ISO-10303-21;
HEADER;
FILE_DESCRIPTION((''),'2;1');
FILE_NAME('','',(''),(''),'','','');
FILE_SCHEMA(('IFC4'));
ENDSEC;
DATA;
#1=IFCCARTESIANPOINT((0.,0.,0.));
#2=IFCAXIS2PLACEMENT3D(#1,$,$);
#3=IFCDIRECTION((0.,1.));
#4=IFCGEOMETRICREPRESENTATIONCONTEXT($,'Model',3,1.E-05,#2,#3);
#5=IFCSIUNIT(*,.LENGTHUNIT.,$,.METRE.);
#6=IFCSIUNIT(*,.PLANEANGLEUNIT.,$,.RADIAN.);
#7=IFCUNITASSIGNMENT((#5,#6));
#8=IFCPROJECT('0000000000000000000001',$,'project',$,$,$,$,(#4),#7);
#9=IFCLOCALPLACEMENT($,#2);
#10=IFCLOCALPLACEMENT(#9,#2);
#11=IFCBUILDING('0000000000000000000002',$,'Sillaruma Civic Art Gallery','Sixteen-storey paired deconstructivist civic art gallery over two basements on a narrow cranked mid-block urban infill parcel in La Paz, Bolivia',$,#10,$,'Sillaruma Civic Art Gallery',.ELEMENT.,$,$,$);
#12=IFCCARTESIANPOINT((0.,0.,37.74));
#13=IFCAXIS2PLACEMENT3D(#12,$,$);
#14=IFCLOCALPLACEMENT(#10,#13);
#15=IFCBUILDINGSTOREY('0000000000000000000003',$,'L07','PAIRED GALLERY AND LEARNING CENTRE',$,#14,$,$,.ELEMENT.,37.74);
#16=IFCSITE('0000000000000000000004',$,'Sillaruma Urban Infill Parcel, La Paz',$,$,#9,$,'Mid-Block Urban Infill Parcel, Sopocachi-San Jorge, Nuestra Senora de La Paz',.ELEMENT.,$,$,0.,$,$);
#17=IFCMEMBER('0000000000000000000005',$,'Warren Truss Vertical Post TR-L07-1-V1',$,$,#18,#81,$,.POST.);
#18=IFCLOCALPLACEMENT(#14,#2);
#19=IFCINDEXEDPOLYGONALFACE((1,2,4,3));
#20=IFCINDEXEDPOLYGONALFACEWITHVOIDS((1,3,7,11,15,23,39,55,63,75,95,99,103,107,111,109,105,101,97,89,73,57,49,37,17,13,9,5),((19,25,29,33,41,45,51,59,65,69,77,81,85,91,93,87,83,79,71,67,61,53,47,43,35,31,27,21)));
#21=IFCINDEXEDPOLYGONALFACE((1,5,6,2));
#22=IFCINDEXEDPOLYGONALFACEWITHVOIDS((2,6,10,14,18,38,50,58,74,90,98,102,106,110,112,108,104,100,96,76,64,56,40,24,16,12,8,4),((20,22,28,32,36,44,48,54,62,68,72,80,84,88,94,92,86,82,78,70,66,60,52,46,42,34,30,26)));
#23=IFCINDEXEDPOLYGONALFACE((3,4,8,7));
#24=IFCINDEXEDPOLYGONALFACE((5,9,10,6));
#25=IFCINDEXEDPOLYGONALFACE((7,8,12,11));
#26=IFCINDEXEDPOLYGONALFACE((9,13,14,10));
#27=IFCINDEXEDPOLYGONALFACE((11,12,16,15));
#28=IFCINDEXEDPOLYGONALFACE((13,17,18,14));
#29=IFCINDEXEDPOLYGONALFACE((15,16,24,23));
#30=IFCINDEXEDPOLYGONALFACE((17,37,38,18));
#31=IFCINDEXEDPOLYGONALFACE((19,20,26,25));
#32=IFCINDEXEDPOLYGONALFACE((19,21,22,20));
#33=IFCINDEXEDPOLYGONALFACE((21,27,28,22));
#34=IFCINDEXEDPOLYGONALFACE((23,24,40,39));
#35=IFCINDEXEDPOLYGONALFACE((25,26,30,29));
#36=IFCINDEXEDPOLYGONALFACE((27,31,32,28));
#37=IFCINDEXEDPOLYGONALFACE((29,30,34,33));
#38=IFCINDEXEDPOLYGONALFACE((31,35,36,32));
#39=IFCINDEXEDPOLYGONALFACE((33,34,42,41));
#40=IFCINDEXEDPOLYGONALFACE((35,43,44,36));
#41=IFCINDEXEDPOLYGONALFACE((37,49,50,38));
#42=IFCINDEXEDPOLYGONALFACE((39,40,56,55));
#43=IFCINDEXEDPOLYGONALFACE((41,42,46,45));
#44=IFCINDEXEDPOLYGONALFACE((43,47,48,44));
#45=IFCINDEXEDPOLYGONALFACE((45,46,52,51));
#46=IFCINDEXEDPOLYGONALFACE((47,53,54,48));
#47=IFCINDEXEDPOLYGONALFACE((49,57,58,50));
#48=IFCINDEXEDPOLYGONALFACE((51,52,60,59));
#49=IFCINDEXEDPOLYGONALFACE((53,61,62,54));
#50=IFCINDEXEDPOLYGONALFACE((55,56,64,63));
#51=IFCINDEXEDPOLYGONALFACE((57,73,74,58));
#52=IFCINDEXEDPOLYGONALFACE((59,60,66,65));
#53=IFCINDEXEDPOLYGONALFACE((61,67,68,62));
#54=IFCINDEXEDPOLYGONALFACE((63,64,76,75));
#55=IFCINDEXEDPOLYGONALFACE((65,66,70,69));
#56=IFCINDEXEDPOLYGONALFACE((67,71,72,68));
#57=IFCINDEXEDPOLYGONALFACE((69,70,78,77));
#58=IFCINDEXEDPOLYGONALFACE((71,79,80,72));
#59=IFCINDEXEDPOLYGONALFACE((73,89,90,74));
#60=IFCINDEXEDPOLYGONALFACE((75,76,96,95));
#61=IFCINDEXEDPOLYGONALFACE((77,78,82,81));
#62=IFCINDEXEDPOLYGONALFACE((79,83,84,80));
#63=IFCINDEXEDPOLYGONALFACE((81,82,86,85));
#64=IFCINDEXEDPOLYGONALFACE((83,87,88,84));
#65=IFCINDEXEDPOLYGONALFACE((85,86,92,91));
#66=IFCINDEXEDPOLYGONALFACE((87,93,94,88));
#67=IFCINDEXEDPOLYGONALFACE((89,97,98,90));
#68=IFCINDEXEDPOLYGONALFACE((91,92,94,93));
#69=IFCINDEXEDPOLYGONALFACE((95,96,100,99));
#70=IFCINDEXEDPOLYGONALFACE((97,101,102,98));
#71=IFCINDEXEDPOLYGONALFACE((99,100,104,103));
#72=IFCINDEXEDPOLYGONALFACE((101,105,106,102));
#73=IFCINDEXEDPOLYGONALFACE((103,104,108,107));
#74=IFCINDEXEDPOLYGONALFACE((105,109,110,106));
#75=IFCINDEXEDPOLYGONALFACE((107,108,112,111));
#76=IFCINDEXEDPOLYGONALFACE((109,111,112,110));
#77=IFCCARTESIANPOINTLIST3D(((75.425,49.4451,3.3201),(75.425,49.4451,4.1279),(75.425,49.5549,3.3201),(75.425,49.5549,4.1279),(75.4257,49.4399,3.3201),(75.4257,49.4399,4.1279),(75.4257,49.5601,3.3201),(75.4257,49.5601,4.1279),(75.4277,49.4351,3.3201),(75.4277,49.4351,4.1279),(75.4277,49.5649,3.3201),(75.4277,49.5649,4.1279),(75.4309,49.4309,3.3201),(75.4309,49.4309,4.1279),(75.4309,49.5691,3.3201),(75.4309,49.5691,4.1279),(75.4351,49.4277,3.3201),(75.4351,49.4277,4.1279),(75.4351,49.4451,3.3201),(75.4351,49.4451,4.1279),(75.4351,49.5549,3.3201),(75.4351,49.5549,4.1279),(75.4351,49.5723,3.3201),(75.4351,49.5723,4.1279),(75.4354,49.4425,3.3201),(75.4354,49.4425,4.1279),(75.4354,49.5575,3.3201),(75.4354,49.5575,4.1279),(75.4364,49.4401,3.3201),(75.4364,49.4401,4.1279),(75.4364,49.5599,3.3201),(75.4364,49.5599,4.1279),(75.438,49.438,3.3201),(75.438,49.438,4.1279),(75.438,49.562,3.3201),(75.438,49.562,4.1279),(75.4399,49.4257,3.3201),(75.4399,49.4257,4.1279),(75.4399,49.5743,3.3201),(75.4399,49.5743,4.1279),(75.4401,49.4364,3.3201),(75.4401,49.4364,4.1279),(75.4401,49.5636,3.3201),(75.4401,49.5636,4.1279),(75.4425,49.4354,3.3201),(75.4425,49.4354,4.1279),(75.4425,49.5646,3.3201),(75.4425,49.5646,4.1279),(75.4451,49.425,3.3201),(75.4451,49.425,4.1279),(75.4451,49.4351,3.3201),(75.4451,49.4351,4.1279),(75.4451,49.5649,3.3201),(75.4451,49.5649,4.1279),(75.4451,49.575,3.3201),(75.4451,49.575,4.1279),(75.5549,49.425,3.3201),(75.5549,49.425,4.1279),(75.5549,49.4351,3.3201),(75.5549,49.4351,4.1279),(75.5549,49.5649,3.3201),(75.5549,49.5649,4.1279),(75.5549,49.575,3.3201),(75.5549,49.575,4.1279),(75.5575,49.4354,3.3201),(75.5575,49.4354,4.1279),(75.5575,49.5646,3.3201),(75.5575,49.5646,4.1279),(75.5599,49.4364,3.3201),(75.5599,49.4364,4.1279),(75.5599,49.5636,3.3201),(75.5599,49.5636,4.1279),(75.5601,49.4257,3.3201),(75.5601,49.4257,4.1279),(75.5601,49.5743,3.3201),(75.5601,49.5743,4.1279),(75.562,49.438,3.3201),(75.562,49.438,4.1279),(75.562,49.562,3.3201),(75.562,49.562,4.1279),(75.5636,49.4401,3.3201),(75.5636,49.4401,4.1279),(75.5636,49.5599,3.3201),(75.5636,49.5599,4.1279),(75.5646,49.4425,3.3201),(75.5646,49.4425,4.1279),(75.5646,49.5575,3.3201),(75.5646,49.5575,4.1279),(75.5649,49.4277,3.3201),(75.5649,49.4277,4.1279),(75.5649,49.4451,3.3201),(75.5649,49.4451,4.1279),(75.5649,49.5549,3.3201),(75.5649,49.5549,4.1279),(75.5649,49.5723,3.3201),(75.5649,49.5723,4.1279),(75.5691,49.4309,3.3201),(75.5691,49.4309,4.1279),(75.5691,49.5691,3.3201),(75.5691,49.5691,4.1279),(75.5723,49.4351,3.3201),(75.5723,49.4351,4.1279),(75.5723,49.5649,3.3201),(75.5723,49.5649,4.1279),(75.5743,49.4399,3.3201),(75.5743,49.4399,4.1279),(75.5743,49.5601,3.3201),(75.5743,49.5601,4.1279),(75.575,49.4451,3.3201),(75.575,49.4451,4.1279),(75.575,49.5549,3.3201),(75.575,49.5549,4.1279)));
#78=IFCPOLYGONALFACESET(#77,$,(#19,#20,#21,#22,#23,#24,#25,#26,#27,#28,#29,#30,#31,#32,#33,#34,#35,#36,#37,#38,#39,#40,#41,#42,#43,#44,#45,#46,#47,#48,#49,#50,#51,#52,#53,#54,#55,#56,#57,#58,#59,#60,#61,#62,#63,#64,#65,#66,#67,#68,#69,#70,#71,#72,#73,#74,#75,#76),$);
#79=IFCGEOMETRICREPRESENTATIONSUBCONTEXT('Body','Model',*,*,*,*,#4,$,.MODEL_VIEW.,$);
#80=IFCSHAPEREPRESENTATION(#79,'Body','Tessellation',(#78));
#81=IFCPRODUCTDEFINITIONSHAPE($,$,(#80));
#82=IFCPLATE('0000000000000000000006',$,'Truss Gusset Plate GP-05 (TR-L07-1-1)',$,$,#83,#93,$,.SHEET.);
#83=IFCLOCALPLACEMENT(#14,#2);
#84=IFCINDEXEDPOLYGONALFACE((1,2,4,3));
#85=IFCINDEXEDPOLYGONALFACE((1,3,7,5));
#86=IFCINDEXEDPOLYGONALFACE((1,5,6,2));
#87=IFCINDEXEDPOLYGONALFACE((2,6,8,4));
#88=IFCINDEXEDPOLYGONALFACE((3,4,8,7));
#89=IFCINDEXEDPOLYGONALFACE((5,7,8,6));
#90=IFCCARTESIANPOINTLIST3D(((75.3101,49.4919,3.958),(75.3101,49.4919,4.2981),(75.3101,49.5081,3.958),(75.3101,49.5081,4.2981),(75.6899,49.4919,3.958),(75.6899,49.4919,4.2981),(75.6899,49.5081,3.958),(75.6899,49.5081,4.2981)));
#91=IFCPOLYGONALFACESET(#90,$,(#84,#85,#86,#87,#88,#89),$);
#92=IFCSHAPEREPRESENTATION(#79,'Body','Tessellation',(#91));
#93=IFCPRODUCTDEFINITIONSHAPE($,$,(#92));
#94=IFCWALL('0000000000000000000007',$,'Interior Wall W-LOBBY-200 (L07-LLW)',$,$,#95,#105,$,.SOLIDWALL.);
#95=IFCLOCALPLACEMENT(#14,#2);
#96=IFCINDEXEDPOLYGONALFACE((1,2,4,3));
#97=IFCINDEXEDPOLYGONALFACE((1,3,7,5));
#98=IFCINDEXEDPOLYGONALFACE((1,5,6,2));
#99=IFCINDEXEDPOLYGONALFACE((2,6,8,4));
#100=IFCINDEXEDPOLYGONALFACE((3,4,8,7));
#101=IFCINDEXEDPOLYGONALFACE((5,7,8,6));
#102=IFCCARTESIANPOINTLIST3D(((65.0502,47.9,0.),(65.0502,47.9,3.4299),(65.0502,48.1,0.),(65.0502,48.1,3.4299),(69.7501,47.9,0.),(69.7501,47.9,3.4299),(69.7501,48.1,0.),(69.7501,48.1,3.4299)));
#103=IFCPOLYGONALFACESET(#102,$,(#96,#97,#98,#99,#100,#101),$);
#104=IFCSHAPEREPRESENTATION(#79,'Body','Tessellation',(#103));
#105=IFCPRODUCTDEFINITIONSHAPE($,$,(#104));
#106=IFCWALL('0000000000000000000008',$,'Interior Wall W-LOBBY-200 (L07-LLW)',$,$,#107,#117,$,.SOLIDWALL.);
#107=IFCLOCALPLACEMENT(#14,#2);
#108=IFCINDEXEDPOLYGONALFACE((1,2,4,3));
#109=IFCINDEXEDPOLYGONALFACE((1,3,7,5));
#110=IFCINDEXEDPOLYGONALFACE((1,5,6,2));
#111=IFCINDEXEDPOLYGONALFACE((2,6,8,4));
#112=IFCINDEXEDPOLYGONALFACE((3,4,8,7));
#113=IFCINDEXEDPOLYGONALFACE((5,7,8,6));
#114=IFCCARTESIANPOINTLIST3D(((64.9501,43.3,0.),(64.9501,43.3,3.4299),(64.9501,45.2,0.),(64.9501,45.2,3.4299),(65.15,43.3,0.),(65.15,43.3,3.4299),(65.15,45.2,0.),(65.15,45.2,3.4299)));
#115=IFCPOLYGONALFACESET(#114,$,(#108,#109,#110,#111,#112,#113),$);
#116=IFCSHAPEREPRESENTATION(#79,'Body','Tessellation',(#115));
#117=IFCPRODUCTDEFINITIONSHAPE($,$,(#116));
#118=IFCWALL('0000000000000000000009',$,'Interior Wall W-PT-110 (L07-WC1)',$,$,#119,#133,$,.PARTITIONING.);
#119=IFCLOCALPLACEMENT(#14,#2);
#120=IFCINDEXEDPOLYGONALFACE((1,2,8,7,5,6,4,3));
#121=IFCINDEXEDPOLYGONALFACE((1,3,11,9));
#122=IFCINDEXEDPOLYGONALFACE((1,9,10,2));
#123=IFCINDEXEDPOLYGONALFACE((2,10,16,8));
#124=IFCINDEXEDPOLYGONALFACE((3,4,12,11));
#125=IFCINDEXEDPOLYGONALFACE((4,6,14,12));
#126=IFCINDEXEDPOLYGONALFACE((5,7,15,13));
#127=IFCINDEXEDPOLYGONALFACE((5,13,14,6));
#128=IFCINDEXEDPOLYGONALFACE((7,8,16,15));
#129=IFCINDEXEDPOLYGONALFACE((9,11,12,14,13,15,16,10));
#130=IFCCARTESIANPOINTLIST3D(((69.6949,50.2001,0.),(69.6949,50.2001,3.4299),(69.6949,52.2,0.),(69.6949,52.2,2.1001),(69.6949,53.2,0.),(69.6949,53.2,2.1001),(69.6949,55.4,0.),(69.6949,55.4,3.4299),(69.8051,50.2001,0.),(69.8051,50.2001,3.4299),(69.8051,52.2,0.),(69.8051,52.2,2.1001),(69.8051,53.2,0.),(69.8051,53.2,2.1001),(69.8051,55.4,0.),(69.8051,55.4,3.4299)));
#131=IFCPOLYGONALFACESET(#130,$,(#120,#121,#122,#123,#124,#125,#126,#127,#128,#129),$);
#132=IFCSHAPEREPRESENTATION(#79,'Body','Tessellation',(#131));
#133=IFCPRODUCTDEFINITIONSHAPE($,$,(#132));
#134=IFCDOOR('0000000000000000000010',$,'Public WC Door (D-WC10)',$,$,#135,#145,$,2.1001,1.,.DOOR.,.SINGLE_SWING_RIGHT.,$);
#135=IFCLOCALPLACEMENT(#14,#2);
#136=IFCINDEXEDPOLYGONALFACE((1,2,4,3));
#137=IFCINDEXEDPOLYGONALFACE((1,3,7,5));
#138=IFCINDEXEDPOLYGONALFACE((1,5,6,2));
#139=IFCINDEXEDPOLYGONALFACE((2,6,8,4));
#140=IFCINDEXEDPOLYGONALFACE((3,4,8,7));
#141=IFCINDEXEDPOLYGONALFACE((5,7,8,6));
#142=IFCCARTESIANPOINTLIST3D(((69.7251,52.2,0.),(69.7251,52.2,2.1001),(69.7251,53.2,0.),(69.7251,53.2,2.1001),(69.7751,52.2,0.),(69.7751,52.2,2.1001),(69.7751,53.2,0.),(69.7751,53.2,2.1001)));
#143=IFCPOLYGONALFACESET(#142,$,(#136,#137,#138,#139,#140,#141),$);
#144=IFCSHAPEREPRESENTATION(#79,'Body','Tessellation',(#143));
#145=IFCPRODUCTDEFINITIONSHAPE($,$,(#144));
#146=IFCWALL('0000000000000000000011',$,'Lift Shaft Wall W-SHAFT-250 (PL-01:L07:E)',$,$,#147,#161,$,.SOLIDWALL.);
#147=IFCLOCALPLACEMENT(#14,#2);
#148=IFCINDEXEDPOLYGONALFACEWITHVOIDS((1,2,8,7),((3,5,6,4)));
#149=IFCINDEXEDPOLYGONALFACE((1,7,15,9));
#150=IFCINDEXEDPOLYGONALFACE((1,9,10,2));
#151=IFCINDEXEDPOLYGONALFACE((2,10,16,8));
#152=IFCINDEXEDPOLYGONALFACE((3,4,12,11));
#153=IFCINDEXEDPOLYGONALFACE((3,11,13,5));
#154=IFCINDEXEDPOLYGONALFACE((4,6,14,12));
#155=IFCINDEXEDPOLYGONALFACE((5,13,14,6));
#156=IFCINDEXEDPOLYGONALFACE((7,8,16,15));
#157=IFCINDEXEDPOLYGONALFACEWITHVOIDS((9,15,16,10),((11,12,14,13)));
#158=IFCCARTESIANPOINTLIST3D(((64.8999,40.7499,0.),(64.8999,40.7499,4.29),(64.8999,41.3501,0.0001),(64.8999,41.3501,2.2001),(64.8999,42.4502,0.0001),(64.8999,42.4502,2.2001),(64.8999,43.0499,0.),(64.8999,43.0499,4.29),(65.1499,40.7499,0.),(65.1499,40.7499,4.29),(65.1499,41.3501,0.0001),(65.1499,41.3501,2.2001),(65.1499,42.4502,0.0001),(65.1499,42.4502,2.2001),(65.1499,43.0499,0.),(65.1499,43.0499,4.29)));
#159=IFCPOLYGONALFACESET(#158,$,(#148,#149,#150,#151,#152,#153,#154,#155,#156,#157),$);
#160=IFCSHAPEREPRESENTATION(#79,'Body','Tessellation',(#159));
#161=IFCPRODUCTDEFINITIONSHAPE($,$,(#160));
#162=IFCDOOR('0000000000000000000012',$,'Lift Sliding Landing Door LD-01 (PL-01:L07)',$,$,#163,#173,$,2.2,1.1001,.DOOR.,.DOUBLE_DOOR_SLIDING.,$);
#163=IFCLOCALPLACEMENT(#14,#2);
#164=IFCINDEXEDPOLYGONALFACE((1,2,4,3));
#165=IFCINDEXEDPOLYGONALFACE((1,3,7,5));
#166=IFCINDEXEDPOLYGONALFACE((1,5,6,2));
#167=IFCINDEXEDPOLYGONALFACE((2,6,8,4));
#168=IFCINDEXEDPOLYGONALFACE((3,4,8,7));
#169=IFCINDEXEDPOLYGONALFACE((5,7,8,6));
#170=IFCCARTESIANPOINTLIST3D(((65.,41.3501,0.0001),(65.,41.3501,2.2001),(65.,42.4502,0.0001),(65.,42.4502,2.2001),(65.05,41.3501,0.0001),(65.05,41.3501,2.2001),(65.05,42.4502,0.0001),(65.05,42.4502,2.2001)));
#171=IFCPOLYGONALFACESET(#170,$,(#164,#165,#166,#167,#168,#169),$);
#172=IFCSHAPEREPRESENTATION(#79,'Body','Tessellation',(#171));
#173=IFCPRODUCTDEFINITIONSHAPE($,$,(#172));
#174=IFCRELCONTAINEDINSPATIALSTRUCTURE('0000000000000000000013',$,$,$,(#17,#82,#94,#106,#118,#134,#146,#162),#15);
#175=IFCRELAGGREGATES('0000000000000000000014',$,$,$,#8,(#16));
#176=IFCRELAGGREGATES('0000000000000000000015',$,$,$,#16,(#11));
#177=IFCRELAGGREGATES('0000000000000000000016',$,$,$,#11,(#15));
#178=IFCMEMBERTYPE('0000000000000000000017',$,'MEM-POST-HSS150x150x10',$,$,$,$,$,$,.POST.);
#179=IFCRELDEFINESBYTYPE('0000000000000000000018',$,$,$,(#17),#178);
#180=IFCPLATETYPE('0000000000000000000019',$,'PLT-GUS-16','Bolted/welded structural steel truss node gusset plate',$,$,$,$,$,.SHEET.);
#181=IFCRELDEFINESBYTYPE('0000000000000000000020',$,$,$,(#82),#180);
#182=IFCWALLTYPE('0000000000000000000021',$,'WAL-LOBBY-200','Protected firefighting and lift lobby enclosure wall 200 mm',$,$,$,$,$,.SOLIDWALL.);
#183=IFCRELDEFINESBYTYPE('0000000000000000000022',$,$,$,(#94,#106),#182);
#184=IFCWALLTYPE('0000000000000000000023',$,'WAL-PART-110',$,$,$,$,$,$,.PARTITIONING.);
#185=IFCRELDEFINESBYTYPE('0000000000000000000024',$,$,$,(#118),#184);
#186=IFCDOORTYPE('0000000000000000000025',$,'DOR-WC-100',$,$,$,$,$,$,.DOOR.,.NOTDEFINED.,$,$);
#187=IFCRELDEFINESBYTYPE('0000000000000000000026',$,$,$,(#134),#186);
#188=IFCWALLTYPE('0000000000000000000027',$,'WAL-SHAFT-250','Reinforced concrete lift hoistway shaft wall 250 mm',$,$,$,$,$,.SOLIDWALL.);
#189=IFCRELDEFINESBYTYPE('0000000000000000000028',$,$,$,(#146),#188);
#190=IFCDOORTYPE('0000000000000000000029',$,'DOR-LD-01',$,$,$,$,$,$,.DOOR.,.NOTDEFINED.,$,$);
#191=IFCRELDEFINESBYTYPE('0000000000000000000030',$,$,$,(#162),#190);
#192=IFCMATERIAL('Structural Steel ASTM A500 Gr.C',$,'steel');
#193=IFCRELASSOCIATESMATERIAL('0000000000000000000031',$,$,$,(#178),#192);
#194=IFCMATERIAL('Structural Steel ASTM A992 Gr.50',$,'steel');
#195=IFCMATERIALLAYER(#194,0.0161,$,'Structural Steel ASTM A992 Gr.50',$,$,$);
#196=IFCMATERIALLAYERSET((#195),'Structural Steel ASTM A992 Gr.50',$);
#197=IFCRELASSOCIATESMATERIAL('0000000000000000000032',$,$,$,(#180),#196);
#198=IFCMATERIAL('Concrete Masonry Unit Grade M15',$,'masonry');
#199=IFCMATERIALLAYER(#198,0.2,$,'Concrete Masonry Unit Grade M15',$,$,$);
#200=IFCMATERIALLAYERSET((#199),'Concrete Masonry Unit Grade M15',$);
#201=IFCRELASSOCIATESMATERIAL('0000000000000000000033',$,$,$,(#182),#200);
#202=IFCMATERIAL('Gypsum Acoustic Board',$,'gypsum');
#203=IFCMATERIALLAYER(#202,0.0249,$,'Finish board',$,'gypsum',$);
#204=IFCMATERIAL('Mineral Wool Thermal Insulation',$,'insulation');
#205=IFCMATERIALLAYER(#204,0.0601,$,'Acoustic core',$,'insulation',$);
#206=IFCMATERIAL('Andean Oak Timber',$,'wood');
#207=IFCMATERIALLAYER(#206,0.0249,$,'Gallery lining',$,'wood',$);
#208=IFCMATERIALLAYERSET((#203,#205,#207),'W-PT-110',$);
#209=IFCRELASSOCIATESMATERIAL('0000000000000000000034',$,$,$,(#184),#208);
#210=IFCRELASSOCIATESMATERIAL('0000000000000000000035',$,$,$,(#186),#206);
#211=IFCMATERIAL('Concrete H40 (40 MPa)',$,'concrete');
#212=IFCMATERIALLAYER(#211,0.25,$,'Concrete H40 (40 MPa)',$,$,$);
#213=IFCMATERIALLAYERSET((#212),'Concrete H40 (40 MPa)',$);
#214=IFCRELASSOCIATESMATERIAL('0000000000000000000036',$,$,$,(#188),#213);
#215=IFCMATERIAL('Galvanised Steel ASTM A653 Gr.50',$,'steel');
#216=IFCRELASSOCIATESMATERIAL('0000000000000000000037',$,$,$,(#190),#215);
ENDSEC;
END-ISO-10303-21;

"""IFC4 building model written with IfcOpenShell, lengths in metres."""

from ifc_helpers import new_model, si_unit, direction, frame, frame_2d, origin, origin_2d, place, context, subcontext, project, spatial, rectangle, hollow_rectangle, extrude, material, layer, layer_set, material_profile, profile_set, type_object, element, fill, save


model = new_model("IFC4")

# Units and contexts
model_context = context("Model", 3, precision=1e-05, world=origin(), true_north=direction((0.0, 1.0)))
body_context = subcontext(model_context, "Body", "Model", "MODEL_VIEW")
ifc_project = project(units=[si_unit("LENGTHUNIT", "METRE"), si_unit("PLANEANGLEUNIT", "RADIAN")], contexts=[model_context])

# Site, building, storey
site_placement = place(None, origin())
site = spatial("IfcSite", under=ifc_project, at=site_placement, Name="Sillaruma Urban Infill Parcel, La Paz", LongName="Mid-Block Urban Infill Parcel, Sopocachi-San Jorge, Nuestra Senora de La Paz", CompositionType="ELEMENT", RefElevation=0.0)
building_placement = place(site_placement, origin())
building = spatial("IfcBuilding", under=site, at=building_placement, Name="Sillaruma Civic Art Gallery", Description="Sixteen-storey paired deconstructivist civic art gallery over two basements on a narrow cranked mid-block urban infill parcel in La Paz, Bolivia", LongName="Sillaruma Civic Art Gallery", CompositionType="ELEMENT")
storey_placement = place(building_placement, frame((0.0, 0.0, 37.74)))
storey = spatial("IfcBuildingStorey", under=building, at=storey_placement, Name="L07", Description="PAIRED GALLERY AND LEARNING CENTRE", CompositionType="ELEMENT", Elevation=37.74)

# Shared definitions
ifc_material_1 = material(Name="Concrete H40 (40 MPa)", Category="concrete")

# Shared definitions
ifc_material_2 = material(Name="Structural Steel ASTM A992 Gr.50", Category="steel")

# Member
ifc_material_3 = material(Name="Structural Steel ASTM A500 Gr.C", Category="steel")
ifc_material_profile_1 = material_profile(ifc_material_3, hollow_rectangle(XDim=0.1499, YDim=0.1499, WallThickness=0.01, InnerFilletRadius=0.01, OuterFilletRadius=0.02, at=origin_2d()), Name="HSS150x150x10")
ifc_profile_set_1 = profile_set([ifc_material_profile_1], Name="Structural Steel ASTM A500 Gr.C")
member_type_1 = type_object("IfcMemberType", Name="MEM-POST-HSS150x150x10", PredefinedType="POST", material=ifc_profile_set_1)
member_1_placement = place(storey_placement, frame((75.5, 49.5, 3.3201), z_axis=(0.0, 0.0, 1.0), x_axis=(1.0, 0.0, 0.0)))
element("IfcMember", 1, at=member_1_placement, inside=storey, type_object=member_type_1, Name="Warren Truss Vertical Post TR-L07-1-V1", PredefinedType="POST", context=body_context, shape_type="SweptSolid", body=[
    extrude(hollow_rectangle(XDim=0.1499, YDim=0.1499, WallThickness=0.01, InnerFilletRadius=0.01, OuterFilletRadius=0.02, at=origin_2d()), origin(), (0.0, 0.0, 1.0), 0.8079),
])

# Plate
ifc_layer_1 = layer(ifc_material_2, 0.0161, Name="Structural Steel ASTM A992 Gr.50")
ifc_layer_set_1 = layer_set([ifc_layer_1], Name="Structural Steel ASTM A992 Gr.50")
plate_type = type_object("IfcPlateType", Name="PLT-GUS-16", Description="Bolted/welded structural steel truss node gusset plate", PredefinedType="SHEET", material=ifc_layer_set_1)
plate_placement = place(storey_placement, frame((75.5, 49.5, 3.958), z_axis=(0.0, 0.0, 1.0), x_axis=(1.0, 0.0, 0.0)))
element("IfcPlate", 2, at=plate_placement, inside=storey, type_object=plate_type, Name="Truss Gusset Plate GP-05 (TR-L07-1-1)", PredefinedType="SHEET", context=body_context, shape_type="SweptSolid", body=[
    extrude(rectangle(XDim=0.3799, YDim=0.0161, at=origin_2d()), origin(), (0.0, 0.0, 1.0), 0.3401),
])

# Walls
ifc_material_4 = material(Name="Concrete Masonry Unit Grade M15", Category="masonry")
ifc_layer_2 = layer(ifc_material_4, 0.2, Name="Concrete Masonry Unit Grade M15")
ifc_layer_set_2 = layer_set([ifc_layer_2], Name="Concrete Masonry Unit Grade M15")
wall_type_1 = type_object("IfcWallType", Name="WAL-LOBBY-200", Description="Protected firefighting and lift lobby enclosure wall 200 mm", PredefinedType="SOLIDWALL", material=ifc_layer_set_2)
wall_1_placement = place(storey_placement, frame((65.05, 48.0, 0.0), z_axis=(0.0, 0.0, 1.0), x_axis=(1.0, 0.0, 0.0)))
element("IfcWall", 3, at=wall_1_placement, inside=storey, type_object=wall_type_1, Name="Interior Wall W-LOBBY-200 (L07-LLW)", PredefinedType="SOLIDWALL", context=body_context, shape_type="SweptSolid", body=[
    extrude(rectangle(XDim=4.7, YDim=0.2, at=frame_2d((2.3501, 0.0))), origin(), (0.0, 0.0, 1.0), 3.4299),
])
wall_2_placement = place(storey_placement, frame((65.05, 43.3, 0.0), z_axis=(0.0, 0.0, 1.0), x_axis=(0.0, 1.0, 0.0)))
element("IfcWall", 4, at=wall_2_placement, inside=storey, type_object=wall_type_1, Name="Interior Wall W-LOBBY-200 (L07-LLW)", PredefinedType="SOLIDWALL", context=body_context, shape_type="SweptSolid", body=[
    extrude(rectangle(XDim=1.8999, YDim=0.2, at=frame_2d((0.95, 0.0))), origin(), (0.0, 0.0, 1.0), 3.4299),
])

# Walls, openings, doors
ifc_material_5 = material(Name="Gypsum Acoustic Board", Category="gypsum")
ifc_layer_3 = layer(ifc_material_5, 0.0249, Name="Finish board", Category="gypsum")
ifc_material_6 = material(Name="Mineral Wool Thermal Insulation", Category="insulation")
ifc_layer_4 = layer(ifc_material_6, 0.0601, Name="Acoustic core", Category="insulation")
ifc_material_7 = material(Name="Andean Oak Timber", Category="wood")
ifc_layer_5 = layer(ifc_material_7, 0.0249, Name="Gallery lining", Category="wood")
ifc_layer_set_3 = layer_set([ifc_layer_3, ifc_layer_4, ifc_layer_5], Name="W-PT-110")
wall_type_2 = type_object("IfcWallType", Name="WAL-PART-110", PredefinedType="PARTITIONING", material=ifc_layer_set_3)
wall_3_placement = place(storey_placement, frame((69.75, 50.2, 0.0), z_axis=(0.0, 0.0, 1.0), x_axis=(0.0, 1.0, 0.0)))
wall_3 = element("IfcWall", 5, at=wall_3_placement, inside=storey, type_object=wall_type_2, Name="Interior Wall W-PT-110 (L07-WC1)", PredefinedType="PARTITIONING", context=body_context, shape_type="SweptSolid", body=[
    extrude(rectangle(XDim=5.2, YDim=0.1101, at=frame_2d((2.6001, 0.0))), origin(), (0.0, 0.0, 1.0), 3.4299),
])
opening_1_placement = place(wall_3_placement, frame((2.0, 0.0, 0.0)))
opening_1 = element("IfcOpeningElement", 6, at=opening_1_placement, cuts=wall_3, PredefinedType="OPENING", context=body_context, shape_type="SweptSolid", body=[
    extrude(rectangle(XDim=1.0, YDim=2.1001, at=frame_2d((0.5, 1.05))), frame((0.0, 0.0649, 0.0), z_axis=(0.0, -1.0, 0.0), x_axis=(1.0, 0.0, 0.0)), (0.0, 0.0, 1.0), 0.1301),
])
door_type_1 = type_object("IfcDoorType", Name="DOR-WC-100", OperationType="NOTDEFINED", PredefinedType="DOOR", material=ifc_material_7)
door_1_placement = place(opening_1_placement, origin())
door_1 = element("IfcDoor", 7, at=door_1_placement, inside=storey, type_object=door_type_1, Name="Public WC Door (D-WC10)", OperationType="SINGLE_SWING_RIGHT", OverallHeight=2.1001, OverallWidth=1.0, PredefinedType="DOOR", context=body_context, shape_type="SweptSolid", body=[
    extrude(rectangle(XDim=1.0, YDim=2.1001, at=frame_2d((0.5, 1.05))), frame((0.0, 0.0249, 0.0), z_axis=(0.0, -1.0, 0.0), x_axis=(1.0, 0.0, 0.0)), (0.0, 0.0, 1.0), 0.05),
])
fill(opening_1, door_1)
ifc_layer_6 = layer(ifc_material_1, 0.25, Name="Concrete H40 (40 MPa)")
ifc_layer_set_4 = layer_set([ifc_layer_6], Name="Concrete H40 (40 MPa)")
wall_type_3 = type_object("IfcWallType", Name="WAL-SHAFT-250", Description="Reinforced concrete lift hoistway shaft wall 250 mm", PredefinedType="SOLIDWALL", material=ifc_layer_set_4)
wall_4_placement = place(storey_placement, frame((65.0249, 40.75, 0.0), z_axis=(0.0, 0.0, 1.0), x_axis=(0.0, 1.0, 0.0)))
wall_4 = element("IfcWall", 8, at=wall_4_placement, inside=storey, type_object=wall_type_3, Name="Lift Shaft Wall W-SHAFT-250 (PL-01:L07:E)", PredefinedType="SOLIDWALL", context=body_context, shape_type="SweptSolid", body=[
    extrude(rectangle(XDim=2.3, YDim=0.25, at=frame_2d((1.1499, 0.0))), origin(), (0.0, 0.0, 1.0), 4.29),
])
opening_2_placement = place(wall_4_placement, frame((0.6001, 0.0, 0.0)))
opening_2 = element("IfcOpeningElement", 9, at=opening_2_placement, cuts=wall_4, PredefinedType="OPENING", context=body_context, shape_type="SweptSolid", body=[
    extrude(rectangle(XDim=1.1001, YDim=2.2, at=frame_2d((0.55, 1.1001))), frame((0.0, 0.135, 0.0), z_axis=(0.0, -1.0, 0.0), x_axis=(1.0, 0.0, 0.0)), (0.0, 0.0, 1.0), 0.27),
])
ifc_material_8 = material(Name="Galvanised Steel ASTM A653 Gr.50", Category="steel")
door_type_2 = type_object("IfcDoorType", Name="DOR-LD-01", OperationType="NOTDEFINED", PredefinedType="DOOR", material=ifc_material_8)
door_2_placement = place(opening_2_placement, origin())
door_2 = element("IfcDoor", 10, at=door_2_placement, inside=storey, type_object=door_type_2, Name="Lift Sliding Landing Door LD-01 (PL-01:L07)", OperationType="DOUBLE_DOOR_SLIDING", OverallHeight=2.2, OverallWidth=1.1001, PredefinedType="DOOR", context=body_context, shape_type="SweptSolid", body=[
    extrude(rectangle(XDim=1.1001, YDim=2.2, at=frame_2d((0.55, 1.1001))), frame((0.0, 0.0249, 0.0), z_axis=(0.0, -1.0, 0.0), x_axis=(1.0, 0.0, 0.0)), (0.0, 0.0, 1.0), 0.05),
])
fill(opening_2, door_2)

save(model, "model.ifc")
